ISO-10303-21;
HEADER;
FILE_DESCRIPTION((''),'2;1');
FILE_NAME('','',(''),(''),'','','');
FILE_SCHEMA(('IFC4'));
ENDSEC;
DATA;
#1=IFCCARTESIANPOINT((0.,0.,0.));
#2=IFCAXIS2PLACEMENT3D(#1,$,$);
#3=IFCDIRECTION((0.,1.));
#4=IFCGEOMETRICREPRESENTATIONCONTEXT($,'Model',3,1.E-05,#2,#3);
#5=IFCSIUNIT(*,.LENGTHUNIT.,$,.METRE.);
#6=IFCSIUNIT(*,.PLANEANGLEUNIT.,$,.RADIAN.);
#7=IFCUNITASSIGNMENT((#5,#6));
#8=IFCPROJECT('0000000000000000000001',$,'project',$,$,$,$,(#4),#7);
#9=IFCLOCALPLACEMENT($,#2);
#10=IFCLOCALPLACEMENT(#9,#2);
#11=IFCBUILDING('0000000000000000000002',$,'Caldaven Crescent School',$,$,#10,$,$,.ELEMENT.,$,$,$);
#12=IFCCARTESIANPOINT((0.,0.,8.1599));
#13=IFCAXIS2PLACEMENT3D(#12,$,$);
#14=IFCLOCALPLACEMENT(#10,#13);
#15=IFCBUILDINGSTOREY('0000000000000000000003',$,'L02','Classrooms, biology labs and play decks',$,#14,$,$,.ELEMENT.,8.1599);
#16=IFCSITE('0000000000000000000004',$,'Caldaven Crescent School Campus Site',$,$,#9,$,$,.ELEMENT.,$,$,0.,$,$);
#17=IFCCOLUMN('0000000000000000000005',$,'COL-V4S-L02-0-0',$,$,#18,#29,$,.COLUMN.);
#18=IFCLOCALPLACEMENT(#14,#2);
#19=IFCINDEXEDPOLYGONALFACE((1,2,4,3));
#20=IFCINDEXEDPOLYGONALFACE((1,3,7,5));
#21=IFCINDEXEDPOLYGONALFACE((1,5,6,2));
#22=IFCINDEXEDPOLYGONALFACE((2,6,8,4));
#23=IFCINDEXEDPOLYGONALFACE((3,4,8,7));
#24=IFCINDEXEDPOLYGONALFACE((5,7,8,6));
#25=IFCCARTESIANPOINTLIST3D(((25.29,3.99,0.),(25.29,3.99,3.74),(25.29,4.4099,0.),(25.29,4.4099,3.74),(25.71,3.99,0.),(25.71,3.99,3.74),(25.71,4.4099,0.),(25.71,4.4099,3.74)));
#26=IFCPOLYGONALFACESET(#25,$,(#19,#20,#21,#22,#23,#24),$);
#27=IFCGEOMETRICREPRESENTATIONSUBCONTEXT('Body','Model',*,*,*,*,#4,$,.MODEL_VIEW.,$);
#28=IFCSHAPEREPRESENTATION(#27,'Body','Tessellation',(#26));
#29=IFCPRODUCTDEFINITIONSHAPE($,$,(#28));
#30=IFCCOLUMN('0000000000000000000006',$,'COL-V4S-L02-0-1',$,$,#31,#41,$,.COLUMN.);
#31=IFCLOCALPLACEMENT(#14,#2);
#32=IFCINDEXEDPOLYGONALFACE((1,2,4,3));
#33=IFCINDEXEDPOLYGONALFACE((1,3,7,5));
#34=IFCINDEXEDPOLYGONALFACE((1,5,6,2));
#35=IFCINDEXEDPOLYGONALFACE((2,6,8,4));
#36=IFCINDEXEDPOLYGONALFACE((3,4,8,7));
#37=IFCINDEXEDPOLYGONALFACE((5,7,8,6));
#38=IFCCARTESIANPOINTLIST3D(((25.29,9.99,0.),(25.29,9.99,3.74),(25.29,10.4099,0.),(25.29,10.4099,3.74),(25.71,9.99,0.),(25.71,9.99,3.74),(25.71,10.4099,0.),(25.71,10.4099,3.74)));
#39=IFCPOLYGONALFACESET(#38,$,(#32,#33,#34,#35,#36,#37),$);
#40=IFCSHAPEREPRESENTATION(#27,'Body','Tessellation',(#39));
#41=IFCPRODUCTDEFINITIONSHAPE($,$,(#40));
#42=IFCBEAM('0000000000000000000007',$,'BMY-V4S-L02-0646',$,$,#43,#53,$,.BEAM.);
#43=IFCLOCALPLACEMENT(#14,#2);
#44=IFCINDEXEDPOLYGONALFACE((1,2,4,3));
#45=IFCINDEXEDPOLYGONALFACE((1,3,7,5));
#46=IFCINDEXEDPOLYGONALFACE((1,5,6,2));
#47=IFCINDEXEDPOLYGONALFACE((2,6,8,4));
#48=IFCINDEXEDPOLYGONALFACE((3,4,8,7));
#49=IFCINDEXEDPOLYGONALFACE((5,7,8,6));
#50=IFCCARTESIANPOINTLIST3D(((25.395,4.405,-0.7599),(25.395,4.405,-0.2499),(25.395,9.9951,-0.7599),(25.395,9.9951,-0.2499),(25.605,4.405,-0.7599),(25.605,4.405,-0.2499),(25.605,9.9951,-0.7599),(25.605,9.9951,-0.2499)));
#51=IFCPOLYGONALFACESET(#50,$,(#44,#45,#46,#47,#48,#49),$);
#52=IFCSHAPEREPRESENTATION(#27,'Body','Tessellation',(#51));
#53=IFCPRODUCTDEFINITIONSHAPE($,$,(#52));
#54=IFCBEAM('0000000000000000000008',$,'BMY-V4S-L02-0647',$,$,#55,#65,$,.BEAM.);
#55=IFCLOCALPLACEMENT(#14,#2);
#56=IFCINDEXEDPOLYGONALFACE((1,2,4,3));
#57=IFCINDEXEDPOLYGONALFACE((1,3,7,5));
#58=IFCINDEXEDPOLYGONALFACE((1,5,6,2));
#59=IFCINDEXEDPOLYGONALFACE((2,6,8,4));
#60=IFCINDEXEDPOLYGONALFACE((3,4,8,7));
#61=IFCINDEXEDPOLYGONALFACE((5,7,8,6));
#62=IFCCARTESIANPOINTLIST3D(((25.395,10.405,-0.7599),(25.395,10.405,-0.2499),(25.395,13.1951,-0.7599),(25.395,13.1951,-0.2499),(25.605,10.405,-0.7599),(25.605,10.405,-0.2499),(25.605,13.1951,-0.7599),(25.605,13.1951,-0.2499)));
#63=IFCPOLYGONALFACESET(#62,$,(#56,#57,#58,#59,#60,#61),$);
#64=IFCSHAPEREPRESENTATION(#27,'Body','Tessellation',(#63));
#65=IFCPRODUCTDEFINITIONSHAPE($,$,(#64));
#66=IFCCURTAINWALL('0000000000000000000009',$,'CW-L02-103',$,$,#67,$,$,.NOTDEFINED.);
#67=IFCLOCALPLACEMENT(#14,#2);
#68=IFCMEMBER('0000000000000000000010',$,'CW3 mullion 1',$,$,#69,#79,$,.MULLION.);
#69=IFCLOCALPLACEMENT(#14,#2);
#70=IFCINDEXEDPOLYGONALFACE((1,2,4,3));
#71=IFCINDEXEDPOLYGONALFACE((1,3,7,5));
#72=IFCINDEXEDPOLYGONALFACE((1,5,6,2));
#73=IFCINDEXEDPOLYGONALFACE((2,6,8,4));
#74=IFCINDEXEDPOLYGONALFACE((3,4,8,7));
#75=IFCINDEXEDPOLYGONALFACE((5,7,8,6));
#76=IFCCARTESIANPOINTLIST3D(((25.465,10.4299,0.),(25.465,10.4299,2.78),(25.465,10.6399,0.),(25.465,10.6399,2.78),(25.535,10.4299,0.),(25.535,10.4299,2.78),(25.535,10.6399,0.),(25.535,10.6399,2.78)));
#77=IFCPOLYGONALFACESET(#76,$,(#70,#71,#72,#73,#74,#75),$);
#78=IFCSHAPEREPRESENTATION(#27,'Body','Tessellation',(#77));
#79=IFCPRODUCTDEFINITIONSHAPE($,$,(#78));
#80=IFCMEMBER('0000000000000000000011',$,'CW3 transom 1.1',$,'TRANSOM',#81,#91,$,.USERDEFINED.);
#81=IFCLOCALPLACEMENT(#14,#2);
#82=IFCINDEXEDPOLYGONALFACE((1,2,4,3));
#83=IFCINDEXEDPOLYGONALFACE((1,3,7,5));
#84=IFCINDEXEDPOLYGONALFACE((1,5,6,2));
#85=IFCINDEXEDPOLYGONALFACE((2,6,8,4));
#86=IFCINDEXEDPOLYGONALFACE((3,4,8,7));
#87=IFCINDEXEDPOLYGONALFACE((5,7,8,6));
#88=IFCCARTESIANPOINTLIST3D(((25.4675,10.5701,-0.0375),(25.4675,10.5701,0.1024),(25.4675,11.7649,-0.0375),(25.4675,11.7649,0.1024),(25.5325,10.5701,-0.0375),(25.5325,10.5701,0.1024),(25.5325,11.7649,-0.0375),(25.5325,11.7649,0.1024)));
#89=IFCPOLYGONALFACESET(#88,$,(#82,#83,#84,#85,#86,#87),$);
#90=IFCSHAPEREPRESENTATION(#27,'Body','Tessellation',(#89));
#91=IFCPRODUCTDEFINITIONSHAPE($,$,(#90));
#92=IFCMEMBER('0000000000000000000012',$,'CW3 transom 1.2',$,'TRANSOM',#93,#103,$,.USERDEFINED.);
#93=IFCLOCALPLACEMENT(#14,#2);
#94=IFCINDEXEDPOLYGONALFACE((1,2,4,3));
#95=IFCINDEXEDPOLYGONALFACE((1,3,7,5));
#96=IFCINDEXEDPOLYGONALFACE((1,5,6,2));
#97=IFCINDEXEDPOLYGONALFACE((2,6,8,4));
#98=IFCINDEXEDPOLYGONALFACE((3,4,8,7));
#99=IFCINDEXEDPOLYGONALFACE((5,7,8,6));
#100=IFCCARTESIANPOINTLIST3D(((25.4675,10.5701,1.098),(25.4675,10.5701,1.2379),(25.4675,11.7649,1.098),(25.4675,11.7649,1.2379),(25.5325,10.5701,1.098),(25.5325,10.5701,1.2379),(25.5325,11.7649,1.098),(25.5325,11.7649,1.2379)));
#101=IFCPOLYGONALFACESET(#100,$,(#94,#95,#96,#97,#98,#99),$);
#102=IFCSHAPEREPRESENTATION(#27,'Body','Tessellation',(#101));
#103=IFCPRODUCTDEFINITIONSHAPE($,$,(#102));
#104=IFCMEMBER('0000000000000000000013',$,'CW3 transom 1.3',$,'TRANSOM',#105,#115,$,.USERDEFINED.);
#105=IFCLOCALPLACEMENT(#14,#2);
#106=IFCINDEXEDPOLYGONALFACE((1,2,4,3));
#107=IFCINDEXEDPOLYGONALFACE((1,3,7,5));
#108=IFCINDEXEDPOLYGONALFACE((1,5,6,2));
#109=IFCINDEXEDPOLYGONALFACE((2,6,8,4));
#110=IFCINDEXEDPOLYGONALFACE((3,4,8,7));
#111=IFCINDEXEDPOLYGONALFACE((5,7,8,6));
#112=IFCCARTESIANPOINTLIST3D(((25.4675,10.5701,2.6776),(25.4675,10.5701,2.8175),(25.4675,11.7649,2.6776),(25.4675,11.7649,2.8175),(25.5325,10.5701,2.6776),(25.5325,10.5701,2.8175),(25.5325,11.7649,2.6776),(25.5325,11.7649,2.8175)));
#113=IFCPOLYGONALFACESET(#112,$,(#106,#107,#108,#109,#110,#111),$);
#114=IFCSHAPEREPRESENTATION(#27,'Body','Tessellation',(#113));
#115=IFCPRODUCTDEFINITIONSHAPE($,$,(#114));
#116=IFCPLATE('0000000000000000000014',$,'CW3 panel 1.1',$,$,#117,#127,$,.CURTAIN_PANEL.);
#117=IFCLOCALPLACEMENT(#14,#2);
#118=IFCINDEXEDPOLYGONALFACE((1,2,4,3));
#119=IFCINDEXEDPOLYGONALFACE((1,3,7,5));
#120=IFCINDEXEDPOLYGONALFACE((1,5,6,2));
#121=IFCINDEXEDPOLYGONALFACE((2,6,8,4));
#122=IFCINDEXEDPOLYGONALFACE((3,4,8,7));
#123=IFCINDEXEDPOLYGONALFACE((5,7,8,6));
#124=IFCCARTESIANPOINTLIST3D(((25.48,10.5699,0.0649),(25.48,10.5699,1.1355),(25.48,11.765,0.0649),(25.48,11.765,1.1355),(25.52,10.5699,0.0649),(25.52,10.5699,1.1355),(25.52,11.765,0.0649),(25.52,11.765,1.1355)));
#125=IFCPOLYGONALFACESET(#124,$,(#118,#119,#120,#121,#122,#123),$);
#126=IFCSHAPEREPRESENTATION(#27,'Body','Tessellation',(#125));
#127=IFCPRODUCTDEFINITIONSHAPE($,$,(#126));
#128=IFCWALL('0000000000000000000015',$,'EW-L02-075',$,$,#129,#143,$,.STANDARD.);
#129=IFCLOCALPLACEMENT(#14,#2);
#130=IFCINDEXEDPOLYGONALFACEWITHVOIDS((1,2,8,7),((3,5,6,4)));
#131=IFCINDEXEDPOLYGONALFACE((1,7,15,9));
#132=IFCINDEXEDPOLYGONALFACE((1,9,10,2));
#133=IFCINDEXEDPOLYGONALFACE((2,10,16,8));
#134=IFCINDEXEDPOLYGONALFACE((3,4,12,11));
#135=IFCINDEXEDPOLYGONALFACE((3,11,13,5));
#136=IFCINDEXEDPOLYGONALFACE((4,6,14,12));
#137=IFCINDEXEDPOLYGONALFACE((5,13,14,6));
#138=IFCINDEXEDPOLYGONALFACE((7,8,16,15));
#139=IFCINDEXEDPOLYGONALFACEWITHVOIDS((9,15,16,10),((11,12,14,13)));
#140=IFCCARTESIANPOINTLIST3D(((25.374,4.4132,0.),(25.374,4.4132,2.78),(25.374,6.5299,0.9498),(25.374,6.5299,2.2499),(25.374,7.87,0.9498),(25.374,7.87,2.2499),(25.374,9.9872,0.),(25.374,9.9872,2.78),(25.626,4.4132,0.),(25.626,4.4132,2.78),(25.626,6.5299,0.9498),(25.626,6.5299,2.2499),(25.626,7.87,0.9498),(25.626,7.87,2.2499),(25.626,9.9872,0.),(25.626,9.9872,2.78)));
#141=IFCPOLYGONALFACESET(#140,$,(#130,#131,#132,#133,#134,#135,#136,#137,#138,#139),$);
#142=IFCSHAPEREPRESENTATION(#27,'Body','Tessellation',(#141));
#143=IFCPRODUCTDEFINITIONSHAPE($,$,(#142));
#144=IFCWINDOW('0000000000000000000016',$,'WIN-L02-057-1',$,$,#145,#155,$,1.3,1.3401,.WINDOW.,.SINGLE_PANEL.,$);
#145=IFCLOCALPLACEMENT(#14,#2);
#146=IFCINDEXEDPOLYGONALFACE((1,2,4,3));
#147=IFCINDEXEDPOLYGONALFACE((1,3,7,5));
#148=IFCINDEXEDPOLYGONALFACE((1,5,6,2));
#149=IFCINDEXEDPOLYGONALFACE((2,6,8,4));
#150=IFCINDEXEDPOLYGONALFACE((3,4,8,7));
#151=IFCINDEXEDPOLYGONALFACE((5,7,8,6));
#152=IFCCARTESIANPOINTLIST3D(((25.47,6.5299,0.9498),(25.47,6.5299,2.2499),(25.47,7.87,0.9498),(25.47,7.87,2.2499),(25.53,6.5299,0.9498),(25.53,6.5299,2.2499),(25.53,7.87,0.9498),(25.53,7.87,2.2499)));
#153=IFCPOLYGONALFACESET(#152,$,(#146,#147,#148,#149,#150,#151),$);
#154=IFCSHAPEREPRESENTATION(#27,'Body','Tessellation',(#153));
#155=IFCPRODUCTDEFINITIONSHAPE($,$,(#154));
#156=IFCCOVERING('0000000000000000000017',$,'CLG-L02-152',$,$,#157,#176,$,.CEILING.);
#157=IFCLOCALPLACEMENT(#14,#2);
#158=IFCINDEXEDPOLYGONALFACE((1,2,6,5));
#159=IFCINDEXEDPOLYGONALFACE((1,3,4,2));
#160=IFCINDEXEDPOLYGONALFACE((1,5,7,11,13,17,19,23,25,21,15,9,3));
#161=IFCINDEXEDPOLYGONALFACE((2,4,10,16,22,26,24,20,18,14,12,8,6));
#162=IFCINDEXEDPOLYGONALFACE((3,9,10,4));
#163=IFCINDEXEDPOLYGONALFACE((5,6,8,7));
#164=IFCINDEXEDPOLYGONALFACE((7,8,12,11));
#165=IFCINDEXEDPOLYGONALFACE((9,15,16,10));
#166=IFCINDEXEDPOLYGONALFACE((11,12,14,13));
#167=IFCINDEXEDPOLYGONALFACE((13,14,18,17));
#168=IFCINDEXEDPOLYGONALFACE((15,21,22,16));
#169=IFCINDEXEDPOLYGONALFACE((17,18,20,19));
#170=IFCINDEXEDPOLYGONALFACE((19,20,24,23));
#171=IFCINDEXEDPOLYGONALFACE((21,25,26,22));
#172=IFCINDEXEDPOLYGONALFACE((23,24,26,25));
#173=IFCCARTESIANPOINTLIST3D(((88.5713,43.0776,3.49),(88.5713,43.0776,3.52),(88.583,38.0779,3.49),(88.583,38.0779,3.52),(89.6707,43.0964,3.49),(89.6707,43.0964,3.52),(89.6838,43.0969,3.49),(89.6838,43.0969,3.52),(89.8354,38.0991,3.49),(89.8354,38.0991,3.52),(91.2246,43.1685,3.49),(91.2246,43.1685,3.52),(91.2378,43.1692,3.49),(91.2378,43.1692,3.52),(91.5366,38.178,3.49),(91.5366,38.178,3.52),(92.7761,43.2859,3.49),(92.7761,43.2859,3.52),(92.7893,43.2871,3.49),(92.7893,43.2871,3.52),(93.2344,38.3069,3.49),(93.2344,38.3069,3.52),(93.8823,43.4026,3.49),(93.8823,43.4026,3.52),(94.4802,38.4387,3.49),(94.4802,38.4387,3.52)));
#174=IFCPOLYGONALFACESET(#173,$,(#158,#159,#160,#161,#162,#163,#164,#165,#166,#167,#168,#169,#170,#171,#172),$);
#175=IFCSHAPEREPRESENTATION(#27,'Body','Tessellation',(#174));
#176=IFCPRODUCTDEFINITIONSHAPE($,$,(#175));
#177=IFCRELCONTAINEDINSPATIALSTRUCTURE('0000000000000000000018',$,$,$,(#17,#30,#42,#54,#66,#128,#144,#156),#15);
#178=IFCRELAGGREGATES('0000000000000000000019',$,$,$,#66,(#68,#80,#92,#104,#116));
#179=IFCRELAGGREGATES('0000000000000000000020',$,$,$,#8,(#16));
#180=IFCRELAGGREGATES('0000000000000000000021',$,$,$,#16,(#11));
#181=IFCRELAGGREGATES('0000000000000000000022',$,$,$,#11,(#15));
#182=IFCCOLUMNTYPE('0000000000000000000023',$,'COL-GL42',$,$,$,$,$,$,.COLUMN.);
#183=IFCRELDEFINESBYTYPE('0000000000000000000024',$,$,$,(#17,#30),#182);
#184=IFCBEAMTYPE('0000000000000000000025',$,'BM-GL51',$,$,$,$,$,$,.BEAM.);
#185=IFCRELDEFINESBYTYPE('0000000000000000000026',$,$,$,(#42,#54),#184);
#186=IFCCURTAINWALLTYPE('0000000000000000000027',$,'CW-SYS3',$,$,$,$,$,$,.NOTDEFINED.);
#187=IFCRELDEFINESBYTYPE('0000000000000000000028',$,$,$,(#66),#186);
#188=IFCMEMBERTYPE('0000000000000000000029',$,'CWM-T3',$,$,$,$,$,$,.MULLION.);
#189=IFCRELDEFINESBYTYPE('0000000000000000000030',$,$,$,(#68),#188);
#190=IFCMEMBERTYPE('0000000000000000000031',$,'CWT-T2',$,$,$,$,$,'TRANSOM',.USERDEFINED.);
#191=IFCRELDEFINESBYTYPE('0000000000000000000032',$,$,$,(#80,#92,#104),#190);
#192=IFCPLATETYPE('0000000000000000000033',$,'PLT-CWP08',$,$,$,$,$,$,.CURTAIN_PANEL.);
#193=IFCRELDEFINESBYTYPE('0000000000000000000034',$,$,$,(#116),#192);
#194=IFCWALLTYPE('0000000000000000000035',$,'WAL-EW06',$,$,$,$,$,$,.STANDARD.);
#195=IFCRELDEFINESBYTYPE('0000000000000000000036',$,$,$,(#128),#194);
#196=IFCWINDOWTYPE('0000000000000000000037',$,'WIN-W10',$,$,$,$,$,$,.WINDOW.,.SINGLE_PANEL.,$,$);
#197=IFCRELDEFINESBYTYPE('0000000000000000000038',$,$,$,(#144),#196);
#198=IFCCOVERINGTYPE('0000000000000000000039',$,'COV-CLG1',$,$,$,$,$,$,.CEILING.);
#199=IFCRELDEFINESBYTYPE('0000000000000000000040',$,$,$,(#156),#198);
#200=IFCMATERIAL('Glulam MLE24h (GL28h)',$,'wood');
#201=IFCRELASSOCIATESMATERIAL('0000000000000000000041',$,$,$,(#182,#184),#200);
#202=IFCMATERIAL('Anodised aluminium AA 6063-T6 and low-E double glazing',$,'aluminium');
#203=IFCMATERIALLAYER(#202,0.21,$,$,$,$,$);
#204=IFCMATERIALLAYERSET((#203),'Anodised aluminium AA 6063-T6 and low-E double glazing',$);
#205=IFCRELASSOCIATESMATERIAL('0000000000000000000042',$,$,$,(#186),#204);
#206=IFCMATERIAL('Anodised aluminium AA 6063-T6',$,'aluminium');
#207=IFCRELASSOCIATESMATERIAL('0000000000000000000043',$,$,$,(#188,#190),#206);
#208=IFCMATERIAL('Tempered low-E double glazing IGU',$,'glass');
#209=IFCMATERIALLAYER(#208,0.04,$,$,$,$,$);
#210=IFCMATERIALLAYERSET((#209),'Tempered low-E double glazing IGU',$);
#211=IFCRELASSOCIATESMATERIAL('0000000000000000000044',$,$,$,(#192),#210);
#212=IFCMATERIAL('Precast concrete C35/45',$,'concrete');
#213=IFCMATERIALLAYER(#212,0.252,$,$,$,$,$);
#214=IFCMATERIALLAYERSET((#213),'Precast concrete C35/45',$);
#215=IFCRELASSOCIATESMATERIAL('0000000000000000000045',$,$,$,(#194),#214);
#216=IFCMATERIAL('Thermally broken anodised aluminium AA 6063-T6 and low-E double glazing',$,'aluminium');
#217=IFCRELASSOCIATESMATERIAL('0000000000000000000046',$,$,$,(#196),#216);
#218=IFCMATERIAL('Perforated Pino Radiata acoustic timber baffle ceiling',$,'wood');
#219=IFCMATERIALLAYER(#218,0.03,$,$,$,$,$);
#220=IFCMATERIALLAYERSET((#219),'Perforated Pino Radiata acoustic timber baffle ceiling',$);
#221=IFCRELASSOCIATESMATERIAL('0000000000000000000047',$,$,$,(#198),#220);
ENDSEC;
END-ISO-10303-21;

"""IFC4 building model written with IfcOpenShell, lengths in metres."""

from ifc_helpers import new_model, si_unit, direction, frame, frame_2d, origin, origin_2d, place, context, subcontext, project, spatial, polyline, rectangle, outline, extrude, material, layer, layer_set, material_profile, profile_set, type_object, element, fill, aggregate, save


model = new_model("IFC4")

# Units and contexts
model_context = context("Model", 3, precision=1e-05, world=origin(), true_north=direction((0.0, 1.0)))
body_context = subcontext(model_context, "Body", "Model", "MODEL_VIEW")
ifc_project = project(units=[si_unit("LENGTHUNIT", "METRE"), si_unit("PLANEANGLEUNIT", "RADIAN")], contexts=[model_context])

# Site, building, storey
site_placement = place(None, origin())
site = spatial("IfcSite", under=ifc_project, at=site_placement, Name="Caldaven Crescent School Campus Site", CompositionType="ELEMENT", RefElevation=0.0)
building_placement = place(site_placement, origin())
building = spatial("IfcBuilding", under=site, at=building_placement, Name="Caldaven Crescent School", CompositionType="ELEMENT")
storey_placement = place(building_placement, frame((0.0, 0.0, 8.1599)))
storey = spatial("IfcBuildingStorey", under=building, at=storey_placement, Name="L02", Description="Classrooms, biology labs and play decks", CompositionType="ELEMENT", Elevation=8.1599)

# Columns
ifc_material_1 = material(Name="Glulam MLE24h (GL28h)", Category="wood")
ifc_material_profile_1 = material_profile(ifc_material_1, rectangle(XDim=0.4199, YDim=0.4199, at=origin_2d()), Name="MLE 420x420")
ifc_profile_set_1 = profile_set([ifc_material_profile_1], Name="Glulam MLE24h (GL28h)")
column_type = type_object("IfcColumnType", Name="COL-GL42", PredefinedType="COLUMN", material=ifc_profile_set_1)
for number, where, z_axis, x_axis, name in (
    (1, (25.5, 4.2, 0.0), (0.0, 0.0, 1.0), (1.0, 0.0, 0.0), "COL-V4S-L02-0-0"),
    (2, (25.5, 10.2, 0.0), (0.0, 0.0, 1.0), (1.0, 0.0, 0.0), "COL-V4S-L02-0-1"),
):
    element("IfcColumn", number, at=place(storey_placement, frame(where, z_axis=z_axis, x_axis=x_axis)), inside=storey, type_object=column_type, Name=name, PredefinedType="COLUMN", context=body_context, shape_type="SweptSolid", body=[
        extrude(rectangle(XDim=0.4199, YDim=0.4199, at=origin_2d()), origin(), (0.0, 0.0, 1.0), 3.74),
    ])

# Beams
ifc_material_profile_2 = material_profile(ifc_material_1, rectangle(XDim=0.21, YDim=0.51, at=origin_2d()), Name="MLE 210x510")
ifc_profile_set_2 = profile_set([ifc_material_profile_2], Name="Glulam MLE24h (GL28h)")
beam_type = type_object("IfcBeamType", Name="BM-GL51", PredefinedType="BEAM", material=ifc_profile_set_2)
beam_1_placement = place(storey_placement, frame((25.5, 4.405, -0.5049), z_axis=(0.0, 1.0, 0.0), x_axis=(-1.0, 0.0, 0.0)))
element("IfcBeam", 3, at=beam_1_placement, inside=storey, type_object=beam_type, Name="BMY-V4S-L02-0646", PredefinedType="BEAM", context=body_context, shape_type="SweptSolid", body=[
    extrude(rectangle(XDim=0.21, YDim=0.51, at=origin_2d()), origin(), (0.0, 0.0, 1.0), 5.5901),
])
beam_2_placement = place(storey_placement, frame((25.5, 10.405, -0.5049), z_axis=(0.0, 1.0, 0.0), x_axis=(-1.0, 0.0, 0.0)))
element("IfcBeam", 4, at=beam_2_placement, inside=storey, type_object=beam_type, Name="BMY-V4S-L02-0647", PredefinedType="BEAM", context=body_context, shape_type="SweptSolid", body=[
    extrude(rectangle(XDim=0.21, YDim=0.51, at=origin_2d()), origin(), (0.0, 0.0, 1.0), 2.79),
])

# Curtain wall, members, plate
ifc_material_2 = material(Name="Anodised aluminium AA 6063-T6 and low-E double glazing", Category="aluminium")
ifc_layer_1 = layer(ifc_material_2, 0.21)
ifc_layer_set_1 = layer_set([ifc_layer_1], Name="Anodised aluminium AA 6063-T6 and low-E double glazing")
curtain_wall_type = type_object("IfcCurtainWallType", Name="CW-SYS3", PredefinedType="NOTDEFINED", material=ifc_layer_set_1)
curtain_wall_placement = place(storey_placement, origin())
curtain_wall = element("IfcCurtainWall", 5, at=curtain_wall_placement, inside=storey, type_object=curtain_wall_type, Name="CW-L02-103", PredefinedType="NOTDEFINED")
ifc_material_3 = material(Name="Anodised aluminium AA 6063-T6", Category="aluminium")
ifc_material_profile_3 = material_profile(ifc_material_3, rectangle(XDim=0.0701, YDim=0.21, at=origin_2d()), Name="CWM 70x210")
ifc_profile_set_3 = profile_set([ifc_material_profile_3], Name="Anodised aluminium AA 6063-T6")
member_type_1 = type_object("IfcMemberType", Name="CWM-T3", PredefinedType="MULLION", material=ifc_profile_set_3)
member_1_placement = place(storey_placement, frame((25.5, 10.5349, 0.0), z_axis=(0.0, 0.0, 1.0), x_axis=(-1.0, 0.0, 0.0)))
member_1 = element("IfcMember", 6, at=member_1_placement, type_object=member_type_1, Name="CW3 mullion 1", PredefinedType="MULLION", context=body_context, shape_type="SweptSolid", body=[
    extrude(rectangle(XDim=0.0701, YDim=0.21, at=origin_2d()), origin(), (0.0, 0.0, 1.0), 2.78),
])
ifc_material_profile_4 = material_profile(ifc_material_3, rectangle(XDim=0.0649, YDim=0.1399, at=origin_2d()), Name="CWT 65x140")
ifc_profile_set_4 = profile_set([ifc_material_profile_4], Name="Anodised aluminium AA 6063-T6")
member_type_2 = type_object("IfcMemberType", Name="CWT-T2", ElementType="TRANSOM", PredefinedType="USERDEFINED", material=ifc_profile_set_4)
member_2_placement = place(storey_placement, frame((25.5, 10.5701, 0.0325), z_axis=(0.0, 1.0, 0.0), x_axis=(-1.0, 0.0, 0.0)))
member_2 = element("IfcMember", 7, at=member_2_placement, type_object=member_type_2, Name="CW3 transom 1.1", ObjectType="TRANSOM", PredefinedType="USERDEFINED", context=body_context, shape_type="SweptSolid", body=[
    extrude(rectangle(XDim=0.0649, YDim=0.1399, at=origin_2d()), origin(), (0.0, 0.0, 1.0), 1.1948),
])
member_3_placement = place(storey_placement, frame((25.5, 10.5701, 1.168), z_axis=(0.0, 1.0, 0.0), x_axis=(-1.0, 0.0, 0.0)))
member_3 = element("IfcMember", 8, at=member_3_placement, type_object=member_type_2, Name="CW3 transom 1.2", ObjectType="TRANSOM", PredefinedType="USERDEFINED", context=body_context, shape_type="SweptSolid", body=[
    extrude(rectangle(XDim=0.0649, YDim=0.1399, at=origin_2d()), origin(), (0.0, 0.0, 1.0), 1.1948),
])
member_4_placement = place(storey_placement, frame((25.5, 10.5701, 2.7476), z_axis=(0.0, 1.0, 0.0), x_axis=(-1.0, 0.0, 0.0)))
member_4 = element("IfcMember", 9, at=member_4_placement, type_object=member_type_2, Name="CW3 transom 1.3", ObjectType="TRANSOM", PredefinedType="USERDEFINED", context=body_context, shape_type="SweptSolid", body=[
    extrude(rectangle(XDim=0.0649, YDim=0.1399, at=origin_2d()), origin(), (0.0, 0.0, 1.0), 1.1948),
])
ifc_material_4 = material(Name="Tempered low-E double glazing IGU", Category="glass")
ifc_layer_2 = layer(ifc_material_4, 0.04)
ifc_layer_set_2 = layer_set([ifc_layer_2], Name="Tempered low-E double glazing IGU")
plate_type = type_object("IfcPlateType", Name="PLT-CWP08", PredefinedType="CURTAIN_PANEL", material=ifc_layer_set_2)
plate_placement = place(storey_placement, frame((25.5, 11.1675, 0.0649), z_axis=(0.0, 0.0, 1.0), x_axis=(0.0, 1.0, 0.0)))
plate = element("IfcPlate", 10, at=plate_placement, type_object=plate_type, Name="CW3 panel 1.1", PredefinedType="CURTAIN_PANEL", context=body_context, shape_type="SweptSolid", body=[
    extrude(rectangle(XDim=1.1951, YDim=0.04, at=origin_2d()), origin(), (0.0, 0.0, 1.0), 1.0706),
])
aggregate(curtain_wall, [member_1, member_2, member_3, member_4, plate])

# Wall, opening, window
ifc_material_5 = material(Name="Precast concrete C35/45", Category="concrete")
ifc_layer_3 = layer(ifc_material_5, 0.252)
ifc_layer_set_3 = layer_set([ifc_layer_3], Name="Precast concrete C35/45")
wall_type = type_object("IfcWallType", Name="WAL-EW06", PredefinedType="STANDARD", material=ifc_layer_set_3)
wall_placement = place(storey_placement, frame((25.5, 4.4131, 0.0), z_axis=(0.0, 0.0, 1.0), x_axis=(0.0, 1.0, 0.0)))
wall = element("IfcWall", 11, at=wall_placement, inside=storey, type_object=wall_type, Name="EW-L02-075", PredefinedType="STANDARD", context=body_context, shape_type="SweptSolid", body=[
    extrude(rectangle(XDim=5.574, YDim=0.252, at=frame_2d((2.7871, 0.0))), origin(), (0.0, 0.0, 1.0), 2.78),
])
opening_placement = place(wall_placement, frame((2.1169, 0.0, 0.95)))
opening = element("IfcOpeningElement", 12, at=opening_placement, cuts=wall, PredefinedType="OPENING", context=body_context, shape_type="SweptSolid", body=[
    extrude(rectangle(XDim=1.3401, YDim=1.3, at=frame_2d((0.6699, 0.6499))), frame((0.0, 0.136, 0.0), z_axis=(0.0, -1.0, 0.0), x_axis=(1.0, 0.0, 0.0)), (0.0, 0.0, 1.0), 0.272),
])
ifc_material_6 = material(Name="Thermally broken anodised aluminium AA 6063-T6 and low-E double glazing", Category="aluminium")
window_type = type_object("IfcWindowType", Name="WIN-W10", PartitioningType="SINGLE_PANEL", PredefinedType="WINDOW", material=ifc_material_6)
window_placement = place(opening_placement, origin())
window = element("IfcWindow", 13, at=window_placement, inside=storey, type_object=window_type, Name="WIN-L02-057-1", OverallHeight=1.3, OverallWidth=1.3401, PartitioningType="SINGLE_PANEL", PredefinedType="WINDOW", context=body_context, shape_type="SweptSolid", body=[
    extrude(rectangle(XDim=1.3401, YDim=1.3, at=frame_2d((0.6699, 0.6499))), frame((0.0, 0.03, 0.0), z_axis=(0.0, -1.0, 0.0), x_axis=(1.0, 0.0, 0.0)), (0.0, 0.0, 1.0), 0.0601),
])
fill(opening, window)

# Covering
ifc_material_7 = material(Name="Perforated Pino Radiata acoustic timber baffle ceiling", Category="wood")
ifc_layer_4 = layer(ifc_material_7, 0.03)
ifc_layer_set_4 = layer_set([ifc_layer_4], Name="Perforated Pino Radiata acoustic timber baffle ceiling")
covering_type_1 = type_object("IfcCoveringType", Name="COV-CLG1", PredefinedType="CEILING", material=ifc_layer_set_4)
covering_1_placement = place(storey_placement, frame((0.0, 0.0, 3.49)))
element("IfcCovering", 14, at=covering_1_placement, inside=storey, type_object=covering_type_1, Name="CLG-L02-152", PredefinedType="CEILING", context=body_context, shape_type="SweptSolid", body=[
    extrude(outline(polyline([(89.6707, 43.0964), (89.6838, 43.0969), (91.2246, 43.1685), (91.2378, 43.1692), (92.7761, 43.2859), (92.7893, 43.2871), (93.8823, 43.4026), (94.4802, 38.4387), (93.2344, 38.3069), (91.5366, 38.178), (89.8354, 38.0991), (88.583, 38.0779), (88.5713, 43.0776), (89.6707, 43.0964)])), origin(), (0.0, 0.0, 1.0), 0.03),
])

save(model, "model.ifc")
